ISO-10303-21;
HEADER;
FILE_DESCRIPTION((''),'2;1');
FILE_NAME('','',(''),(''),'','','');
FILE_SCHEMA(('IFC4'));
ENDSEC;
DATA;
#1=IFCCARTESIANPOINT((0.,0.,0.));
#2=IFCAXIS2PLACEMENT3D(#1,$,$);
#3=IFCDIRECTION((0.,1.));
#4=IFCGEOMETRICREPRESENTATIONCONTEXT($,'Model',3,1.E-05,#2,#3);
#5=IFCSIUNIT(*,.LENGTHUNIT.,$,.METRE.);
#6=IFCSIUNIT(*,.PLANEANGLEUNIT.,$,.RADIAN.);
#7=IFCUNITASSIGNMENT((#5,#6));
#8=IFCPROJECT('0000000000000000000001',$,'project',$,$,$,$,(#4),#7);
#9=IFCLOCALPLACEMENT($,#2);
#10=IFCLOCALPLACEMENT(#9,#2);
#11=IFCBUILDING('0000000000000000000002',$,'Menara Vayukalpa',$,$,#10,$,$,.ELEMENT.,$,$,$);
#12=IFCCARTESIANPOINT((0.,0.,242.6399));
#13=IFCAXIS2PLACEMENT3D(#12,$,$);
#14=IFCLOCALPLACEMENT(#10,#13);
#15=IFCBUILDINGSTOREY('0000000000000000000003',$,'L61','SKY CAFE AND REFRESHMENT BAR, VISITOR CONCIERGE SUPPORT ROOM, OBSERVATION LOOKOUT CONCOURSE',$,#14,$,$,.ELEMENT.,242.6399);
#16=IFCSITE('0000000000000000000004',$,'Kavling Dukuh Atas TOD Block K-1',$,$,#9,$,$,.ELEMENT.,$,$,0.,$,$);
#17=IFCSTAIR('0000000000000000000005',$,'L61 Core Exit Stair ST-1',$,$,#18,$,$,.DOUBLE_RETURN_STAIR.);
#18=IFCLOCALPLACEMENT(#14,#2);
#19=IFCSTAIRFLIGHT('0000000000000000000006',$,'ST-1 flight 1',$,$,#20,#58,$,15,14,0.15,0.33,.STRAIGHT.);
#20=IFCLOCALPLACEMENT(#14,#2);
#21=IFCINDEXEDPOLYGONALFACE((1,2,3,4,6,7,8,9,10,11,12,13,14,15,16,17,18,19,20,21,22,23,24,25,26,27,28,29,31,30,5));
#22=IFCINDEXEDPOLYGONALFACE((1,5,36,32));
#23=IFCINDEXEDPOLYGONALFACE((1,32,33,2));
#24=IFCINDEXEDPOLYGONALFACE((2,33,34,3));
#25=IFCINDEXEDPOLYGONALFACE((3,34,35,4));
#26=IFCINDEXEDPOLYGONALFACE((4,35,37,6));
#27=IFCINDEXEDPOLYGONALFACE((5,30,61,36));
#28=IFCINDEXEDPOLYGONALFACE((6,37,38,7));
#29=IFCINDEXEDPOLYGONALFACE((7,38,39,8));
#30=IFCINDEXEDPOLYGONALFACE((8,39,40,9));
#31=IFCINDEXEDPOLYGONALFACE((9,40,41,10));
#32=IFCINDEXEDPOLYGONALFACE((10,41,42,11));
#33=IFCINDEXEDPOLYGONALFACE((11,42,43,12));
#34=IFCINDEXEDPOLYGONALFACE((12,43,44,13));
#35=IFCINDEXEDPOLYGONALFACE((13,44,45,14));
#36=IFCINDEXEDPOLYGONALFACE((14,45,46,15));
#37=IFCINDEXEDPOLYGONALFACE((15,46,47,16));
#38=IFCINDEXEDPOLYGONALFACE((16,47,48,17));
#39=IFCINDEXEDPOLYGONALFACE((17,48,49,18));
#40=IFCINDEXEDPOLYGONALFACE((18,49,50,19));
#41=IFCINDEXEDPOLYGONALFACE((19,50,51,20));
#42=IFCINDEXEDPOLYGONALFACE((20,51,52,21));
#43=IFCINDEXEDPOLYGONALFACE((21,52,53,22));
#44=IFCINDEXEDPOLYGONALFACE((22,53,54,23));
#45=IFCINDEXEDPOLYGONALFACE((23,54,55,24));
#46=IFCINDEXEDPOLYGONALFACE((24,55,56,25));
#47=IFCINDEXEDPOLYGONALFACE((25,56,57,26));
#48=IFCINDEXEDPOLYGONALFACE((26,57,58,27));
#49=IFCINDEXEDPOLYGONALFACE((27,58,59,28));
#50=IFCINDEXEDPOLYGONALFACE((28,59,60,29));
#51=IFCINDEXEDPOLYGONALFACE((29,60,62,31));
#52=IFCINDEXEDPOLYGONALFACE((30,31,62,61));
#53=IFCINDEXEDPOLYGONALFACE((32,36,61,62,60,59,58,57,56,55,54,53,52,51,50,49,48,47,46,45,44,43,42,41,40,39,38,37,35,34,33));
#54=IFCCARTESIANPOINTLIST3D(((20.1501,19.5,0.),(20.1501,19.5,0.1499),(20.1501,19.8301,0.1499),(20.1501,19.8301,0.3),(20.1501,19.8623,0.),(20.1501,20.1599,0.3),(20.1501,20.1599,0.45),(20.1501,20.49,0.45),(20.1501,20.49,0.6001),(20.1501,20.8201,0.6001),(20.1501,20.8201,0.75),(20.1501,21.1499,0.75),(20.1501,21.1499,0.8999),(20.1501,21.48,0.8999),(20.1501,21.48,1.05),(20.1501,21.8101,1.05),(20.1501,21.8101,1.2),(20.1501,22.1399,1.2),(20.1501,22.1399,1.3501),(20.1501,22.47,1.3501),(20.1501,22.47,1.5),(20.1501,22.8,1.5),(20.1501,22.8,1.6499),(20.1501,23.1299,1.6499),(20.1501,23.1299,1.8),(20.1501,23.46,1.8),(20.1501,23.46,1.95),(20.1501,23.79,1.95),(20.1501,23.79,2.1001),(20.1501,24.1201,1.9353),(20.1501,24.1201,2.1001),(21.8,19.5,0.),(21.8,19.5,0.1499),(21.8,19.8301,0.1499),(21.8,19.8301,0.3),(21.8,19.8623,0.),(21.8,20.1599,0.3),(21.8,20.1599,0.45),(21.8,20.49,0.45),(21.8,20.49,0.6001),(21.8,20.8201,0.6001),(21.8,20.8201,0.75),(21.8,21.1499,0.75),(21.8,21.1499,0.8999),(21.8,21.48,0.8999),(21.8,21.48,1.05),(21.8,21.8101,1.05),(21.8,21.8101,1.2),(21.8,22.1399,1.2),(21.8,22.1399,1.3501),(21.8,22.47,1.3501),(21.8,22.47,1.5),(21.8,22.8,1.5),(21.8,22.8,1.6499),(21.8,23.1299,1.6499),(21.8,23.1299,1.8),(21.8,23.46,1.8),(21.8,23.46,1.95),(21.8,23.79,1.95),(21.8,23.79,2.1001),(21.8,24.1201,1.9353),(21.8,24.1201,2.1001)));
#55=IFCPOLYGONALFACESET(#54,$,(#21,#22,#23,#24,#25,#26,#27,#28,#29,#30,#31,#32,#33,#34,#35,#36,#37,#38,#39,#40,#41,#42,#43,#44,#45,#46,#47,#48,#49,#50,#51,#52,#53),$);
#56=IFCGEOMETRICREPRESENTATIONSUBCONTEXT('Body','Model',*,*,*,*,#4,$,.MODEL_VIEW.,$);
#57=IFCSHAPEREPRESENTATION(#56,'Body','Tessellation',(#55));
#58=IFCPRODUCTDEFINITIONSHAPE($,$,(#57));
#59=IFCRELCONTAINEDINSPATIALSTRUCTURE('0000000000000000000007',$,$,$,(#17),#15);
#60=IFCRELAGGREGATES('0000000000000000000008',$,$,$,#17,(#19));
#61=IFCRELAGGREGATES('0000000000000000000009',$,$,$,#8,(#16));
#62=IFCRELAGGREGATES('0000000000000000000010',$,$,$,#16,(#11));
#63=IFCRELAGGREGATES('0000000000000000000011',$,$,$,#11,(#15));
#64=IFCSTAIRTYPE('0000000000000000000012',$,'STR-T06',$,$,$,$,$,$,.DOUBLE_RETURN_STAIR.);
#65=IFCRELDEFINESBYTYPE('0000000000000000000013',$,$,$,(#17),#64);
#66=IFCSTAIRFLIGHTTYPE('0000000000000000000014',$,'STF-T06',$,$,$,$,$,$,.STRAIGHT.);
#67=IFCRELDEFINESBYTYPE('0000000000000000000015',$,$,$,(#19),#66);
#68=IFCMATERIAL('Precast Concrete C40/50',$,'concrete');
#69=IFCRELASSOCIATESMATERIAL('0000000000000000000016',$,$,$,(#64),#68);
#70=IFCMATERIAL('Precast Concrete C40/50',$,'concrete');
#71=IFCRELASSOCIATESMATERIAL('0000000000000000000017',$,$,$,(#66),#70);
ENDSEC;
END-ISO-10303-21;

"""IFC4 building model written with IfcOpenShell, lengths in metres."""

from ifc_helpers import new_model, si_unit, direction, frame, origin, place, context, subcontext, project, spatial, polyline, outline, extrude, material, type_object, element, aggregate, save


model = new_model("IFC4")

# Units and contexts
model_context = context("Model", 3, precision=1e-05, world=origin(), true_north=direction((0.0, 1.0)))
body_context = subcontext(model_context, "Body", "Model", "MODEL_VIEW")
ifc_project = project(units=[si_unit("LENGTHUNIT", "METRE"), si_unit("PLANEANGLEUNIT", "RADIAN")], contexts=[model_context])

# Site, building, storey
site_placement = place(None, origin())
site = spatial("IfcSite", under=ifc_project, at=site_placement, Name="Kavling Dukuh Atas TOD Block K-1", CompositionType="ELEMENT", RefElevation=0.0)
building_placement = place(site_placement, origin())
building = spatial("IfcBuilding", under=site, at=building_placement, Name="Menara Vayukalpa", CompositionType="ELEMENT")
storey_placement = place(building_placement, frame((0.0, 0.0, 242.6399)))
storey = spatial("IfcBuildingStorey", under=building, at=storey_placement, Name="L61", Description="SKY CAFE AND REFRESHMENT BAR, VISITOR CONCIERGE SUPPORT ROOM, OBSERVATION LOOKOUT CONCOURSE", CompositionType="ELEMENT", Elevation=242.6399)

# Stair, stair flight
ifc_material_1 = material(Name="Precast Concrete C40/50", Category="concrete")
stair_type = type_object("IfcStairType", Name="STR-T06", PredefinedType="DOUBLE_RETURN_STAIR", material=ifc_material_1)
stair_placement = place(storey_placement, origin())
stair = element("IfcStair", 1, at=stair_placement, inside=storey, type_object=stair_type, Name="L61 Core Exit Stair ST-1", PredefinedType="DOUBLE_RETURN_STAIR")
ifc_material_2 = material(Name="Precast Concrete C40/50", Category="concrete")
stair_flight_type = type_object("IfcStairFlightType", Name="STF-T06", PredefinedType="STRAIGHT", material=ifc_material_2)
stair_flight_placement = place(storey_placement, frame((20.9751, 19.5, 0.0), z_axis=(0.0, 0.0, 1.0), x_axis=(0.0, 1.0, 0.0)))
stair_flight = element("IfcStairFlight", 2, at=stair_flight_placement, type_object=stair_flight_type, Name="ST-1 flight 1", NumberOfRisers=15, NumberOfTreads=14, PredefinedType="STRAIGHT", RiserHeight=0.15, TreadLength=0.33, context=body_context, shape_type="SweptSolid", body=[
    extrude(outline(polyline([(0.0, 0.0), (0.0, 0.1499), (0.3301, 0.1499), (0.3301, 0.3), (0.6599, 0.3), (0.6599, 0.45), (0.99, 0.45), (0.99, 0.6001), (1.3201, 0.6001), (1.3201, 0.75), (1.6499, 0.75), (1.6499, 0.8999), (1.98, 0.8999), (1.98, 1.05), (2.3101, 1.05), (2.3101, 1.2), (2.6399, 1.2), (2.6399, 1.3501), (2.97, 1.3501), (2.97, 1.5), (3.3, 1.5), (3.3, 1.6499), (3.6299, 1.6499), (3.6299, 1.8), (3.96, 1.8), (3.96, 1.95), (4.29, 1.95), (4.29, 2.1001), (4.6201, 2.1001), (4.6201, 2.25), (4.6201, 1.9353), (0.3623, 0.0), (0.0, 0.0)])), frame((0.0, 0.825, 0.0), z_axis=(0.0, -1.0, 0.0), x_axis=(1.0, 0.0, 0.0)), (0.0, 0.0, 1.0), 1.6499),
])
aggregate(stair, [stair_flight])

save(model, "model.ifc")
